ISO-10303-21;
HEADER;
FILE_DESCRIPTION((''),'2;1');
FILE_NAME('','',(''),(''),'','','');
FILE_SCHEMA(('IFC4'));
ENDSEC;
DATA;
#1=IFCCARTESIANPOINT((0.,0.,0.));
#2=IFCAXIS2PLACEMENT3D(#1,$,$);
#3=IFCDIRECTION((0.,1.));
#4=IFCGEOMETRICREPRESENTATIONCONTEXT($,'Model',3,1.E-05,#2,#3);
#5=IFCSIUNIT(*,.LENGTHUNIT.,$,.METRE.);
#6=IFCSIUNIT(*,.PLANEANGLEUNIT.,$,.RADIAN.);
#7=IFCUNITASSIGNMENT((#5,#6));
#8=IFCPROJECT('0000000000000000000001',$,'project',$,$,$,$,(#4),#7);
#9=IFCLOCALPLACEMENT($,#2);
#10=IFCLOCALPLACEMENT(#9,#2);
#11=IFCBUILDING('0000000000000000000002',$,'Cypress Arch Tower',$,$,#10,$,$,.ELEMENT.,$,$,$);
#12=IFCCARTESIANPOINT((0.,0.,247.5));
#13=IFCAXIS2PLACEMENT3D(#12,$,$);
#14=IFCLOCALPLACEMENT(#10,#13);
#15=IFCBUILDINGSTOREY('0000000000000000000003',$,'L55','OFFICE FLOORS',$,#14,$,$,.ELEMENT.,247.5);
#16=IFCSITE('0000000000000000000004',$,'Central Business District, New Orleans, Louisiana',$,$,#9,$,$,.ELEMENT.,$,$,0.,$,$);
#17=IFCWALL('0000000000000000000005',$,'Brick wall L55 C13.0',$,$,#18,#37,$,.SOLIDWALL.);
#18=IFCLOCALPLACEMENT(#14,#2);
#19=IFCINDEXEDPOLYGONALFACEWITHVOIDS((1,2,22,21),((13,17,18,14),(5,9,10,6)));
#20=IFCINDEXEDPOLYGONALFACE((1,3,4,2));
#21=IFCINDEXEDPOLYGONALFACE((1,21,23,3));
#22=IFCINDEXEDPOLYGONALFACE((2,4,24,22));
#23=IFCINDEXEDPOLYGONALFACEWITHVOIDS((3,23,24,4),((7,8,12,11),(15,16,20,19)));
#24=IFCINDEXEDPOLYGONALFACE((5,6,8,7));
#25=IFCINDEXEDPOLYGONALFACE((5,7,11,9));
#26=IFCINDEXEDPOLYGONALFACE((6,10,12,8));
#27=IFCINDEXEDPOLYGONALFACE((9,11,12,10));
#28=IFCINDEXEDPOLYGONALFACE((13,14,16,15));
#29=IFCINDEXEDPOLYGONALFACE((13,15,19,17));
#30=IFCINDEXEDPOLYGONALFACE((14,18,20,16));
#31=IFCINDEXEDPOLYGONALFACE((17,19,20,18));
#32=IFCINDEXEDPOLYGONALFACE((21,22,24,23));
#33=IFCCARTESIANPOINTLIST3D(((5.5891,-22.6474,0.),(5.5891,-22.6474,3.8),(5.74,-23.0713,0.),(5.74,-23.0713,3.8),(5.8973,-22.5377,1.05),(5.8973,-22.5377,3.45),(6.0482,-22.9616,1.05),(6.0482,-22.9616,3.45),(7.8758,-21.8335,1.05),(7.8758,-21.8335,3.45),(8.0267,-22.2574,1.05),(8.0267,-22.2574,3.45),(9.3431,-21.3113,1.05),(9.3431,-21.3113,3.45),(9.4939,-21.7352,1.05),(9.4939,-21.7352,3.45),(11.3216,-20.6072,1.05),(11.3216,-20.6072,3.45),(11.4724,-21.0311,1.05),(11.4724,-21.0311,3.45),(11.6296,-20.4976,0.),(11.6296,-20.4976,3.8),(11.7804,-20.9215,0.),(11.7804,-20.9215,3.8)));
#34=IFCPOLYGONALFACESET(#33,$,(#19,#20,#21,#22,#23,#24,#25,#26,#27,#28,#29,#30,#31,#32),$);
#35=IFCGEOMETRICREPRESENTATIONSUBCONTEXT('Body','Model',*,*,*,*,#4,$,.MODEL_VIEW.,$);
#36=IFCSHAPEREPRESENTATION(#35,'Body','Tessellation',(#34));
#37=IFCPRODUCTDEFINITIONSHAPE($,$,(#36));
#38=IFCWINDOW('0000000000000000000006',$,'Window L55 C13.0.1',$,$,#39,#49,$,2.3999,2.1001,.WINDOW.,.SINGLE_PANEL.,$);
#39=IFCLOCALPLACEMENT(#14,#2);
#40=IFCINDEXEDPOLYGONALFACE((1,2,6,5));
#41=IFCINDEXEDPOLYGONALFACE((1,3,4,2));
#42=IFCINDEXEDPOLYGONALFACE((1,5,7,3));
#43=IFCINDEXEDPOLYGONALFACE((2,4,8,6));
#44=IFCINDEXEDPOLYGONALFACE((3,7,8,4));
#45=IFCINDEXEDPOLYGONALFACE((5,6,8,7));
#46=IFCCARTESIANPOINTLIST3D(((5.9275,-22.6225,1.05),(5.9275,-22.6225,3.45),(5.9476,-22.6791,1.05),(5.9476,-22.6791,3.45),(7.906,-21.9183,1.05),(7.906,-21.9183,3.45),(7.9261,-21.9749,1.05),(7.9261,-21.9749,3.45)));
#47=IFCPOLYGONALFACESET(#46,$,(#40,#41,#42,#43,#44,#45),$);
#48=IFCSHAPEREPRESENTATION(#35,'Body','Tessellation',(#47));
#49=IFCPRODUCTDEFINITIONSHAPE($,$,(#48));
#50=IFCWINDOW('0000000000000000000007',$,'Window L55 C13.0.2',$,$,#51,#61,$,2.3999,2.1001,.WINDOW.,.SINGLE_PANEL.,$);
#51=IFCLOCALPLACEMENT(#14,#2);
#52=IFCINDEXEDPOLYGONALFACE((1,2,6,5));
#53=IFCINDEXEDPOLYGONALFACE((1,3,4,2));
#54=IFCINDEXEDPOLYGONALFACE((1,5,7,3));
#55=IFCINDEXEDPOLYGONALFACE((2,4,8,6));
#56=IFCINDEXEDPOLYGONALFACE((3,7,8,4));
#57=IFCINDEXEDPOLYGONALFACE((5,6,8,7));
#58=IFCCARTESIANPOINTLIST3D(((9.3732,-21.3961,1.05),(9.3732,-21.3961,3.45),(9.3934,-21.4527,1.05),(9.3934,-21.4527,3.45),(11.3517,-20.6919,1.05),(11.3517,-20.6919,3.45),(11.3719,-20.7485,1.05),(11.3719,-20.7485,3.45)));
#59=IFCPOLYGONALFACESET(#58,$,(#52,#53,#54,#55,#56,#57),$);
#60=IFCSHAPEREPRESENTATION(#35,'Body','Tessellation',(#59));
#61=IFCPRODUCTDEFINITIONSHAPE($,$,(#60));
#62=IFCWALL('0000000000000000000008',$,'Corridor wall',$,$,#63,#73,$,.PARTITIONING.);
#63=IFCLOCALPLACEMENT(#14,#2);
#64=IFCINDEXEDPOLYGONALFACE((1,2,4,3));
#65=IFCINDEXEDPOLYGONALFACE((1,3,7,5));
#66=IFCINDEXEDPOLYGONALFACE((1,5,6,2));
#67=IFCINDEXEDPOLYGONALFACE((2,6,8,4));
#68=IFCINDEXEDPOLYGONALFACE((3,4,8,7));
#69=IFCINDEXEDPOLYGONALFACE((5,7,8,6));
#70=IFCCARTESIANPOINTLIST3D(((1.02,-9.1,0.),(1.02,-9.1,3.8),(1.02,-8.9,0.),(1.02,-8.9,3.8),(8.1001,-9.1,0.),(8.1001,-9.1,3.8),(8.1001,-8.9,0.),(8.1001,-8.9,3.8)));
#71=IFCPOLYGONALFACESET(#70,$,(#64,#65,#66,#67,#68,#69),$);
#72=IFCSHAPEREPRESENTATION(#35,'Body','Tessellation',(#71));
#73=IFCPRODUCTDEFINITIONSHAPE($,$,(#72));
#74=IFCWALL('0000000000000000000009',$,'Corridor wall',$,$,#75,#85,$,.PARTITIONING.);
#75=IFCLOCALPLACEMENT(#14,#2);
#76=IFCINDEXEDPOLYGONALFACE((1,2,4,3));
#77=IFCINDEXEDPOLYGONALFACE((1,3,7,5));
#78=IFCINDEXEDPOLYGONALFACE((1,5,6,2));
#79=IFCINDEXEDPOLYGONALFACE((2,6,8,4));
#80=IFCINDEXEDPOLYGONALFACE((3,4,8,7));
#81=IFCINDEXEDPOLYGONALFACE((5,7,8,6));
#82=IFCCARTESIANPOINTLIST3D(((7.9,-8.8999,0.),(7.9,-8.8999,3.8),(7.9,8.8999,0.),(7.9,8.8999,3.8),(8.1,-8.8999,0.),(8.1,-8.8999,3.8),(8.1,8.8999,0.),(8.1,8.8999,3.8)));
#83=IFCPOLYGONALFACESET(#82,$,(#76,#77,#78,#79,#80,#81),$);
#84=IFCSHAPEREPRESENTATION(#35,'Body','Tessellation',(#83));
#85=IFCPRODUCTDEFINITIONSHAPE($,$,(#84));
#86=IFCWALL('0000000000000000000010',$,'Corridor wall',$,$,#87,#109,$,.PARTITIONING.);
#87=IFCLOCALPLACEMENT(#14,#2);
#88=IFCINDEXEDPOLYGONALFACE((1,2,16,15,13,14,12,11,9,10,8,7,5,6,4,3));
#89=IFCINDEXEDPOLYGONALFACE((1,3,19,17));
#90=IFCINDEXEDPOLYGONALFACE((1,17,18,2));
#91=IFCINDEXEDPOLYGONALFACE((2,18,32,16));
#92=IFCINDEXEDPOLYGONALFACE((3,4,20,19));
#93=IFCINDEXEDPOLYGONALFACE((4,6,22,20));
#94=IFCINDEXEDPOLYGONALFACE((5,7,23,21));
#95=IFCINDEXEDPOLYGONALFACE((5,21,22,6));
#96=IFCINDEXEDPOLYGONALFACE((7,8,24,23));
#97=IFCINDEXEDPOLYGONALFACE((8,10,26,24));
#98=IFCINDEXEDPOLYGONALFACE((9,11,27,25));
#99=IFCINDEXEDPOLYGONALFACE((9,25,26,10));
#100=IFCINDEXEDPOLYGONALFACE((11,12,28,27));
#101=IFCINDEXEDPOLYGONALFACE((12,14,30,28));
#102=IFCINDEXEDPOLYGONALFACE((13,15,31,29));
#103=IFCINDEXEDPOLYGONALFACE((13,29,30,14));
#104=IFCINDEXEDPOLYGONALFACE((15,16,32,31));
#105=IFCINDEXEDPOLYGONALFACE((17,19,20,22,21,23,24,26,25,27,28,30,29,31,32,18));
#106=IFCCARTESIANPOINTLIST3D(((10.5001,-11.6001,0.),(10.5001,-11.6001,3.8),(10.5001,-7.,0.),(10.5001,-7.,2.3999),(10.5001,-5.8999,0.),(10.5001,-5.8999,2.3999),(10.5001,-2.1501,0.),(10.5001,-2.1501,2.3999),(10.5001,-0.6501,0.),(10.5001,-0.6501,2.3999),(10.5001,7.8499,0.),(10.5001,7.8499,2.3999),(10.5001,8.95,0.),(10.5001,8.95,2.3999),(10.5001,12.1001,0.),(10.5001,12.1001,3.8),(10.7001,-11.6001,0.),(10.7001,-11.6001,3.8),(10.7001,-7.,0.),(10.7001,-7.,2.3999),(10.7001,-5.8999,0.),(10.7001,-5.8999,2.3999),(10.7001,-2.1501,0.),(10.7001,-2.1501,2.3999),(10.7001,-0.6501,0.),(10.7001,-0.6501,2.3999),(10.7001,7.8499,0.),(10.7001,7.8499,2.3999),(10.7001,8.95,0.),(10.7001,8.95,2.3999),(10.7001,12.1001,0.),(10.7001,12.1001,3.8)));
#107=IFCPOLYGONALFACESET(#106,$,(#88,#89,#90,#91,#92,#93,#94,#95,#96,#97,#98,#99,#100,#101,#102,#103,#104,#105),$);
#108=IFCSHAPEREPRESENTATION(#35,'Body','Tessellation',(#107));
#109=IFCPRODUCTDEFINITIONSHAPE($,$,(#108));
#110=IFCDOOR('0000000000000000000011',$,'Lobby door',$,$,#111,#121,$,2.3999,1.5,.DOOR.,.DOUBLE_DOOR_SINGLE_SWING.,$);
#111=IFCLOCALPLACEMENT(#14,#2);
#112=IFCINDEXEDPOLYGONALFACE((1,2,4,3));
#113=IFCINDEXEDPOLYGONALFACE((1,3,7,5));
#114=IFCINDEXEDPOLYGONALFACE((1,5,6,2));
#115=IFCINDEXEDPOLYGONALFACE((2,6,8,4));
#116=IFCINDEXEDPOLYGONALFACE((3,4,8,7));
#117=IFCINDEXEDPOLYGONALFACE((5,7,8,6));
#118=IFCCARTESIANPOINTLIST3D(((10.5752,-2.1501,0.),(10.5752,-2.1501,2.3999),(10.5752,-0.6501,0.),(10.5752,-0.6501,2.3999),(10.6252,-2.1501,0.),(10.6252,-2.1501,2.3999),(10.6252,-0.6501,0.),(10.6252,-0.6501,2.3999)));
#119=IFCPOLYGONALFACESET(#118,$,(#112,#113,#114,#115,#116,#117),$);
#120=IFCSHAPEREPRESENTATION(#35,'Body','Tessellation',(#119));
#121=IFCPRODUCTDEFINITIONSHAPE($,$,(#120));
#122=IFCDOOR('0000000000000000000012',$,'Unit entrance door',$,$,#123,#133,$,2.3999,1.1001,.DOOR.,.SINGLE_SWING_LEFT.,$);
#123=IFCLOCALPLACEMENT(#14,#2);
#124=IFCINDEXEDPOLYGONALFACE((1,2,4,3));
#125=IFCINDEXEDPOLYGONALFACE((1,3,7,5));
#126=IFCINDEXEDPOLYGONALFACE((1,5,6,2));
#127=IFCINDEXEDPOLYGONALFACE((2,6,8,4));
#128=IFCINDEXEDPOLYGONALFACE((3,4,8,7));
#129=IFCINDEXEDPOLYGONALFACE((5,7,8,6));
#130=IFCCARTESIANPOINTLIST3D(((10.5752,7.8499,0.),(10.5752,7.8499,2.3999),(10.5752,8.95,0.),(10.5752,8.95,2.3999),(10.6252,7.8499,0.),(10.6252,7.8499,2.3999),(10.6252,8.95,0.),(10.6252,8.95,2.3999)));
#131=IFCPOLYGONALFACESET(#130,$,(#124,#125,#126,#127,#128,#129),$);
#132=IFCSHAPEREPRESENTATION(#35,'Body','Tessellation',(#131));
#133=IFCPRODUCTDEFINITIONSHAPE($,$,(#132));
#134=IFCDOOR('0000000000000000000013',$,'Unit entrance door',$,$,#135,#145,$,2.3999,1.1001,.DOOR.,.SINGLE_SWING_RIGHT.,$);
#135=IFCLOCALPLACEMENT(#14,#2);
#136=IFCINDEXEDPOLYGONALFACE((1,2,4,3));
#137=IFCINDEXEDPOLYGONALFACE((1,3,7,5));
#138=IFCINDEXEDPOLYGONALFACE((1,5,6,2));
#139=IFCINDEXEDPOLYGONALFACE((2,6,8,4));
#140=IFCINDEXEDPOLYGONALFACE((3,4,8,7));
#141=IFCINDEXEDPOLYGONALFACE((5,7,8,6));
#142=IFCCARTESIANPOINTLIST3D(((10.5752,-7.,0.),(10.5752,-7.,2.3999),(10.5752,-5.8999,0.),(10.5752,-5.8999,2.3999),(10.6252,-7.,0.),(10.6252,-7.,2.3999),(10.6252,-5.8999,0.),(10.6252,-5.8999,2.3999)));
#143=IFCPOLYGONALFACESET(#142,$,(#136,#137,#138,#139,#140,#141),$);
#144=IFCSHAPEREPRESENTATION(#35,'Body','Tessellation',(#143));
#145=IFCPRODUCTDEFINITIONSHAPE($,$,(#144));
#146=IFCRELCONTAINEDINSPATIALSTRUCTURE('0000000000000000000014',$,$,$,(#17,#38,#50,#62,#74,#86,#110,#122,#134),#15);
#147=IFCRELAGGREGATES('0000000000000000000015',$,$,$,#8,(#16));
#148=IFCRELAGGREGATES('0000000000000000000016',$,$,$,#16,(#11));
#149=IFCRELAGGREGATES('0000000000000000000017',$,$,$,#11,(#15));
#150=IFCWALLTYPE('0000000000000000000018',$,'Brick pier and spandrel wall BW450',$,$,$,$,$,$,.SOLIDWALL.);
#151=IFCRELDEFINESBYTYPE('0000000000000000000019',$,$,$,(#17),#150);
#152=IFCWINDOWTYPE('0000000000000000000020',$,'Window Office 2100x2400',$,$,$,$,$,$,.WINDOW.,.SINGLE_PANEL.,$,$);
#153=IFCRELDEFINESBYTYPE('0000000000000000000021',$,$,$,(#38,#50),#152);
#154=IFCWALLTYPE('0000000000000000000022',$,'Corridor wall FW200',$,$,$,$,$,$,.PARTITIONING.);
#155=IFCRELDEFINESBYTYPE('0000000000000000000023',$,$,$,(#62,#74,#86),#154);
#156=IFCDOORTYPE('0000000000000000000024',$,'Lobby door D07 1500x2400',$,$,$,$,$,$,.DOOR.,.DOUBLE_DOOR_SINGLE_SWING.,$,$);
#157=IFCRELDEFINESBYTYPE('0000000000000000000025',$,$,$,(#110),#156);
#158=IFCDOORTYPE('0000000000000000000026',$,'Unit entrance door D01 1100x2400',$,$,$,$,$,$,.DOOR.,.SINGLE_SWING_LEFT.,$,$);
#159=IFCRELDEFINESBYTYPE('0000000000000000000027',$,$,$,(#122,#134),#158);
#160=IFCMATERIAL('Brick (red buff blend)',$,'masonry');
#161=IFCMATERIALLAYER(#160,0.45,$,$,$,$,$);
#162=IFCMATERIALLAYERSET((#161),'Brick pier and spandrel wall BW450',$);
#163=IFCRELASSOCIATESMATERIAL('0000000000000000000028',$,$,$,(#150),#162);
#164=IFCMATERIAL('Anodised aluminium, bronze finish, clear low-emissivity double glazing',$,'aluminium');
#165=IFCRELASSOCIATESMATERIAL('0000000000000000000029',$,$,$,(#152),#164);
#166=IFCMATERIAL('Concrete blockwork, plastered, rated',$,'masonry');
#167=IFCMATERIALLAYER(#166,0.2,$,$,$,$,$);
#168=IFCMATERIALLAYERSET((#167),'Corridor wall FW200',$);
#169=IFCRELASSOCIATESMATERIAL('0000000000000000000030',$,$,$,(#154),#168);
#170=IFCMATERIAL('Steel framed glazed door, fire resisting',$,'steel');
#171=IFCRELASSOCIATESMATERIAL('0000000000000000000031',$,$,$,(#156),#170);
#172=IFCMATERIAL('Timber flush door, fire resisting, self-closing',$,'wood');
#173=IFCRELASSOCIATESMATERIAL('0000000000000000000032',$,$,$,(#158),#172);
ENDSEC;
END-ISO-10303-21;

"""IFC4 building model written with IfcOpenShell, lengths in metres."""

from ifc_helpers import new_model, si_unit, direction, frame, frame_2d, origin, place, context, subcontext, project, spatial, rectangle, extrude, material, layer, layer_set, type_object, element, fill, save


model = new_model("IFC4")

# Units and contexts
model_context = context("Model", 3, precision=1e-05, world=origin(), true_north=direction((0.0, 1.0)))
body_context = subcontext(model_context, "Body", "Model", "MODEL_VIEW")
ifc_project = project(units=[si_unit("LENGTHUNIT", "METRE"), si_unit("PLANEANGLEUNIT", "RADIAN")], contexts=[model_context])

# Site, building, storey
site_placement = place(None, origin())
site = spatial("IfcSite", under=ifc_project, at=site_placement, Name="Central Business District, New Orleans, Louisiana", CompositionType="ELEMENT", RefElevation=0.0)
building_placement = place(site_placement, origin())
building = spatial("IfcBuilding", under=site, at=building_placement, Name="Cypress Arch Tower", CompositionType="ELEMENT")
storey_placement = place(building_placement, frame((0.0, 0.0, 247.5)))
storey = spatial("IfcBuildingStorey", under=building, at=storey_placement, Name="L55", Description="OFFICE FLOORS", CompositionType="ELEMENT", Elevation=247.5)

# Wall, openings, windows
ifc_material_1 = material(Name="Brick (red buff blend)", Category="masonry")
ifc_layer_1 = layer(ifc_material_1, 0.45)
ifc_layer_set_1 = layer_set([ifc_layer_1], Name="Brick pier and spandrel wall BW450")
wall_type_1 = type_object("IfcWallType", Name="Brick pier and spandrel wall BW450", PredefinedType="SOLIDWALL", material=ifc_layer_set_1)
wall_1_placement = place(storey_placement, frame((5.6646, -22.8594, 0.0), z_axis=(0.0, 0.0, 1.0), x_axis=(0.942108, 0.335309, 0.0)))
wall_1 = element("IfcWall", 1, at=wall_1_placement, inside=storey, type_object=wall_type_1, Name="Brick wall L55 C13.0", PredefinedType="SOLIDWALL", context=body_context, shape_type="SweptSolid", body=[
    extrude(rectangle(XDim=6.4116, YDim=0.45, at=frame_2d((3.2058, 0.0))), origin(), (0.0, 0.0, 1.0), 3.8),
])
opening_1_placement = place(wall_1_placement, frame((0.3271, 0.0, 1.05)))
opening_1 = element("IfcOpeningElement", 2, at=opening_1_placement, cuts=wall_1, PredefinedType="OPENING", context=body_context, shape_type="SweptSolid", body=[
    extrude(rectangle(XDim=2.1001, YDim=2.3999, at=frame_2d((1.05, 1.2))), frame((0.0, 0.2349, 0.0), z_axis=(0.0, -1.0, 0.0), x_axis=(1.0, 0.0, 0.0)), (0.0, 0.0, 1.0), 0.47),
])
opening_2_placement = place(wall_1_placement, frame((3.9846, 0.0, 1.05)))
opening_2 = element("IfcOpeningElement", 3, at=opening_2_placement, cuts=wall_1, PredefinedType="OPENING", context=body_context, shape_type="SweptSolid", body=[
    extrude(rectangle(XDim=2.1001, YDim=2.3999, at=frame_2d((1.05, 1.2))), frame((0.0, 0.2349, 0.0), z_axis=(0.0, -1.0, 0.0), x_axis=(1.0, 0.0, 0.0)), (0.0, 0.0, 1.0), 0.47),
])
ifc_material_2 = material(Name="Anodised aluminium, bronze finish, clear low-emissivity double glazing", Category="aluminium")
window_type = type_object("IfcWindowType", Name="Window Office 2100x2400", PartitioningType="SINGLE_PANEL", PredefinedType="WINDOW", material=ifc_material_2)
window_1_placement = place(opening_1_placement, origin())
window_1 = element("IfcWindow", 4, at=window_1_placement, inside=storey, type_object=window_type, Name="Window L55 C13.0.1", OverallHeight=2.3999, OverallWidth=2.1001, PartitioningType="SINGLE_PANEL", PredefinedType="WINDOW", context=body_context, shape_type="SweptSolid", body=[
    extrude(rectangle(XDim=2.1001, YDim=2.3999, at=frame_2d((1.05, 1.2))), frame((0.0, 0.135, 0.0), z_axis=(0.0, -1.0, 0.0), x_axis=(1.0, 0.0, 0.0)), (0.0, 0.0, 1.0), 0.0601),
])
fill(opening_1, window_1)
window_2_placement = place(opening_2_placement, origin())
window_2 = element("IfcWindow", 5, at=window_2_placement, inside=storey, type_object=window_type, Name="Window L55 C13.0.2", OverallHeight=2.3999, OverallWidth=2.1001, PartitioningType="SINGLE_PANEL", PredefinedType="WINDOW", context=body_context, shape_type="SweptSolid", body=[
    extrude(rectangle(XDim=2.1001, YDim=2.3999, at=frame_2d((1.05, 1.2))), frame((0.0, 0.135, 0.0), z_axis=(0.0, -1.0, 0.0), x_axis=(1.0, 0.0, 0.0)), (0.0, 0.0, 1.0), 0.0601),
])
fill(opening_2, window_2)

# Walls
ifc_material_3 = material(Name="Concrete blockwork, plastered, rated", Category="masonry")
ifc_layer_2 = layer(ifc_material_3, 0.2)
ifc_layer_set_2 = layer_set([ifc_layer_2], Name="Corridor wall FW200")
wall_type_2 = type_object("IfcWallType", Name="Corridor wall FW200", PredefinedType="PARTITIONING", material=ifc_layer_set_2)
wall_2_placement = place(storey_placement, frame((1.02, -9.0, 0.0), z_axis=(0.0, 0.0, 1.0), x_axis=(1.0, 0.0, 0.0)))
element("IfcWall", 6, at=wall_2_placement, inside=storey, type_object=wall_type_2, Name="Corridor wall", PredefinedType="PARTITIONING", context=body_context, shape_type="SweptSolid", body=[
    extrude(rectangle(XDim=7.0801, YDim=0.2, at=frame_2d((3.54, 0.0))), origin(), (0.0, 0.0, 1.0), 3.8),
])
wall_3_placement = place(storey_placement, frame((8.0, -8.8999, 0.0), z_axis=(0.0, 0.0, 1.0), x_axis=(0.0, 1.0, 0.0)))
element("IfcWall", 7, at=wall_3_placement, inside=storey, type_object=wall_type_2, Name="Corridor wall", PredefinedType="PARTITIONING", context=body_context, shape_type="SweptSolid", body=[
    extrude(rectangle(XDim=17.7998, YDim=0.2, at=frame_2d((8.8999, 0.0))), origin(), (0.0, 0.0, 1.0), 3.8),
])

# Wall, openings, doors
wall_4_placement = place(storey_placement, frame((10.6001, -11.6001, 0.0), z_axis=(0.0, 0.0, 1.0), x_axis=(0.0, 1.0, 0.0)))
wall_4 = element("IfcWall", 8, at=wall_4_placement, inside=storey, type_object=wall_type_2, Name="Corridor wall", PredefinedType="PARTITIONING", context=body_context, shape_type="SweptSolid", body=[
    extrude(rectangle(XDim=23.7002, YDim=0.2, at=frame_2d((11.8501, 0.0))), origin(), (0.0, 0.0, 1.0), 3.8),
])
opening_3_placement = place(wall_4_placement, frame((9.45, 0.0, 0.0)))
opening_3 = element("IfcOpeningElement", 9, at=opening_3_placement, cuts=wall_4, PredefinedType="OPENING", context=body_context, shape_type="SweptSolid", body=[
    extrude(rectangle(XDim=1.5, YDim=2.3999, at=frame_2d((0.75, 1.2))), frame((0.0, 0.1099, 0.0), z_axis=(0.0, -1.0, 0.0), x_axis=(1.0, 0.0, 0.0)), (0.0, 0.0, 1.0), 0.22),
])
opening_4_placement = place(wall_4_placement, frame((19.45, 0.0, 0.0)))
opening_4 = element("IfcOpeningElement", 10, at=opening_4_placement, cuts=wall_4, PredefinedType="OPENING", context=body_context, shape_type="SweptSolid", body=[
    extrude(rectangle(XDim=1.1001, YDim=2.3999, at=frame_2d((0.55, 1.2))), frame((0.0, 0.1099, 0.0), z_axis=(0.0, -1.0, 0.0), x_axis=(1.0, 0.0, 0.0)), (0.0, 0.0, 1.0), 0.22),
])
opening_5_placement = place(wall_4_placement, frame((4.6001, 0.0, 0.0)))
opening_5 = element("IfcOpeningElement", 11, at=opening_5_placement, cuts=wall_4, PredefinedType="OPENING", context=body_context, shape_type="SweptSolid", body=[
    extrude(rectangle(XDim=1.1001, YDim=2.3999, at=frame_2d((0.55, 1.2))), frame((0.0, 0.1099, 0.0), z_axis=(0.0, -1.0, 0.0), x_axis=(1.0, 0.0, 0.0)), (0.0, 0.0, 1.0), 0.22),
])
ifc_material_4 = material(Name="Steel framed glazed door, fire resisting", Category="steel")
door_type_1 = type_object("IfcDoorType", Name="Lobby door D07 1500x2400", OperationType="DOUBLE_DOOR_SINGLE_SWING", PredefinedType="DOOR", material=ifc_material_4)
door_1_placement = place(opening_3_placement, origin())
door_1 = element("IfcDoor", 12, at=door_1_placement, inside=storey, type_object=door_type_1, Name="Lobby door", OperationType="DOUBLE_DOOR_SINGLE_SWING", OverallHeight=2.3999, OverallWidth=1.5, PredefinedType="DOOR", context=body_context, shape_type="SweptSolid", body=[
    extrude(rectangle(XDim=1.5, YDim=2.3999, at=frame_2d((0.75, 1.2))), frame((0.0, 0.0249, 0.0), z_axis=(0.0, -1.0, 0.0), x_axis=(1.0, 0.0, 0.0)), (0.0, 0.0, 1.0), 0.05),
])
fill(opening_3, door_1)
ifc_material_5 = material(Name="Timber flush door, fire resisting, self-closing", Category="wood")
door_type_2 = type_object("IfcDoorType", Name="Unit entrance door D01 1100x2400", OperationType="SINGLE_SWING_LEFT", PredefinedType="DOOR", material=ifc_material_5)
door_2_placement = place(opening_4_placement, origin())
door_2 = element("IfcDoor", 13, at=door_2_placement, inside=storey, type_object=door_type_2, Name="Unit entrance door", OperationType="SINGLE_SWING_LEFT", OverallHeight=2.3999, OverallWidth=1.1001, PredefinedType="DOOR", context=body_context, shape_type="SweptSolid", body=[
    extrude(rectangle(XDim=1.1001, YDim=2.3999, at=frame_2d((0.55, 1.2))), frame((0.0, 0.0249, 0.0), z_axis=(0.0, -1.0, 0.0), x_axis=(1.0, 0.0, 0.0)), (0.0, 0.0, 1.0), 0.05),
])
fill(opening_4, door_2)
door_3_placement = place(opening_5_placement, origin())
door_3 = element("IfcDoor", 14, at=door_3_placement, inside=storey, type_object=door_type_2, Name="Unit entrance door", OperationType="SINGLE_SWING_RIGHT", OverallHeight=2.3999, OverallWidth=1.1001, PredefinedType="DOOR", context=body_context, shape_type="SweptSolid", body=[
    extrude(rectangle(XDim=1.1001, YDim=2.3999, at=frame_2d((0.55, 1.2))), frame((0.0, 0.0249, 0.0), z_axis=(0.0, -1.0, 0.0), x_axis=(1.0, 0.0, 0.0)), (0.0, 0.0, 1.0), 0.05),
])
fill(opening_5, door_3)

save(model, "model.ifc")
